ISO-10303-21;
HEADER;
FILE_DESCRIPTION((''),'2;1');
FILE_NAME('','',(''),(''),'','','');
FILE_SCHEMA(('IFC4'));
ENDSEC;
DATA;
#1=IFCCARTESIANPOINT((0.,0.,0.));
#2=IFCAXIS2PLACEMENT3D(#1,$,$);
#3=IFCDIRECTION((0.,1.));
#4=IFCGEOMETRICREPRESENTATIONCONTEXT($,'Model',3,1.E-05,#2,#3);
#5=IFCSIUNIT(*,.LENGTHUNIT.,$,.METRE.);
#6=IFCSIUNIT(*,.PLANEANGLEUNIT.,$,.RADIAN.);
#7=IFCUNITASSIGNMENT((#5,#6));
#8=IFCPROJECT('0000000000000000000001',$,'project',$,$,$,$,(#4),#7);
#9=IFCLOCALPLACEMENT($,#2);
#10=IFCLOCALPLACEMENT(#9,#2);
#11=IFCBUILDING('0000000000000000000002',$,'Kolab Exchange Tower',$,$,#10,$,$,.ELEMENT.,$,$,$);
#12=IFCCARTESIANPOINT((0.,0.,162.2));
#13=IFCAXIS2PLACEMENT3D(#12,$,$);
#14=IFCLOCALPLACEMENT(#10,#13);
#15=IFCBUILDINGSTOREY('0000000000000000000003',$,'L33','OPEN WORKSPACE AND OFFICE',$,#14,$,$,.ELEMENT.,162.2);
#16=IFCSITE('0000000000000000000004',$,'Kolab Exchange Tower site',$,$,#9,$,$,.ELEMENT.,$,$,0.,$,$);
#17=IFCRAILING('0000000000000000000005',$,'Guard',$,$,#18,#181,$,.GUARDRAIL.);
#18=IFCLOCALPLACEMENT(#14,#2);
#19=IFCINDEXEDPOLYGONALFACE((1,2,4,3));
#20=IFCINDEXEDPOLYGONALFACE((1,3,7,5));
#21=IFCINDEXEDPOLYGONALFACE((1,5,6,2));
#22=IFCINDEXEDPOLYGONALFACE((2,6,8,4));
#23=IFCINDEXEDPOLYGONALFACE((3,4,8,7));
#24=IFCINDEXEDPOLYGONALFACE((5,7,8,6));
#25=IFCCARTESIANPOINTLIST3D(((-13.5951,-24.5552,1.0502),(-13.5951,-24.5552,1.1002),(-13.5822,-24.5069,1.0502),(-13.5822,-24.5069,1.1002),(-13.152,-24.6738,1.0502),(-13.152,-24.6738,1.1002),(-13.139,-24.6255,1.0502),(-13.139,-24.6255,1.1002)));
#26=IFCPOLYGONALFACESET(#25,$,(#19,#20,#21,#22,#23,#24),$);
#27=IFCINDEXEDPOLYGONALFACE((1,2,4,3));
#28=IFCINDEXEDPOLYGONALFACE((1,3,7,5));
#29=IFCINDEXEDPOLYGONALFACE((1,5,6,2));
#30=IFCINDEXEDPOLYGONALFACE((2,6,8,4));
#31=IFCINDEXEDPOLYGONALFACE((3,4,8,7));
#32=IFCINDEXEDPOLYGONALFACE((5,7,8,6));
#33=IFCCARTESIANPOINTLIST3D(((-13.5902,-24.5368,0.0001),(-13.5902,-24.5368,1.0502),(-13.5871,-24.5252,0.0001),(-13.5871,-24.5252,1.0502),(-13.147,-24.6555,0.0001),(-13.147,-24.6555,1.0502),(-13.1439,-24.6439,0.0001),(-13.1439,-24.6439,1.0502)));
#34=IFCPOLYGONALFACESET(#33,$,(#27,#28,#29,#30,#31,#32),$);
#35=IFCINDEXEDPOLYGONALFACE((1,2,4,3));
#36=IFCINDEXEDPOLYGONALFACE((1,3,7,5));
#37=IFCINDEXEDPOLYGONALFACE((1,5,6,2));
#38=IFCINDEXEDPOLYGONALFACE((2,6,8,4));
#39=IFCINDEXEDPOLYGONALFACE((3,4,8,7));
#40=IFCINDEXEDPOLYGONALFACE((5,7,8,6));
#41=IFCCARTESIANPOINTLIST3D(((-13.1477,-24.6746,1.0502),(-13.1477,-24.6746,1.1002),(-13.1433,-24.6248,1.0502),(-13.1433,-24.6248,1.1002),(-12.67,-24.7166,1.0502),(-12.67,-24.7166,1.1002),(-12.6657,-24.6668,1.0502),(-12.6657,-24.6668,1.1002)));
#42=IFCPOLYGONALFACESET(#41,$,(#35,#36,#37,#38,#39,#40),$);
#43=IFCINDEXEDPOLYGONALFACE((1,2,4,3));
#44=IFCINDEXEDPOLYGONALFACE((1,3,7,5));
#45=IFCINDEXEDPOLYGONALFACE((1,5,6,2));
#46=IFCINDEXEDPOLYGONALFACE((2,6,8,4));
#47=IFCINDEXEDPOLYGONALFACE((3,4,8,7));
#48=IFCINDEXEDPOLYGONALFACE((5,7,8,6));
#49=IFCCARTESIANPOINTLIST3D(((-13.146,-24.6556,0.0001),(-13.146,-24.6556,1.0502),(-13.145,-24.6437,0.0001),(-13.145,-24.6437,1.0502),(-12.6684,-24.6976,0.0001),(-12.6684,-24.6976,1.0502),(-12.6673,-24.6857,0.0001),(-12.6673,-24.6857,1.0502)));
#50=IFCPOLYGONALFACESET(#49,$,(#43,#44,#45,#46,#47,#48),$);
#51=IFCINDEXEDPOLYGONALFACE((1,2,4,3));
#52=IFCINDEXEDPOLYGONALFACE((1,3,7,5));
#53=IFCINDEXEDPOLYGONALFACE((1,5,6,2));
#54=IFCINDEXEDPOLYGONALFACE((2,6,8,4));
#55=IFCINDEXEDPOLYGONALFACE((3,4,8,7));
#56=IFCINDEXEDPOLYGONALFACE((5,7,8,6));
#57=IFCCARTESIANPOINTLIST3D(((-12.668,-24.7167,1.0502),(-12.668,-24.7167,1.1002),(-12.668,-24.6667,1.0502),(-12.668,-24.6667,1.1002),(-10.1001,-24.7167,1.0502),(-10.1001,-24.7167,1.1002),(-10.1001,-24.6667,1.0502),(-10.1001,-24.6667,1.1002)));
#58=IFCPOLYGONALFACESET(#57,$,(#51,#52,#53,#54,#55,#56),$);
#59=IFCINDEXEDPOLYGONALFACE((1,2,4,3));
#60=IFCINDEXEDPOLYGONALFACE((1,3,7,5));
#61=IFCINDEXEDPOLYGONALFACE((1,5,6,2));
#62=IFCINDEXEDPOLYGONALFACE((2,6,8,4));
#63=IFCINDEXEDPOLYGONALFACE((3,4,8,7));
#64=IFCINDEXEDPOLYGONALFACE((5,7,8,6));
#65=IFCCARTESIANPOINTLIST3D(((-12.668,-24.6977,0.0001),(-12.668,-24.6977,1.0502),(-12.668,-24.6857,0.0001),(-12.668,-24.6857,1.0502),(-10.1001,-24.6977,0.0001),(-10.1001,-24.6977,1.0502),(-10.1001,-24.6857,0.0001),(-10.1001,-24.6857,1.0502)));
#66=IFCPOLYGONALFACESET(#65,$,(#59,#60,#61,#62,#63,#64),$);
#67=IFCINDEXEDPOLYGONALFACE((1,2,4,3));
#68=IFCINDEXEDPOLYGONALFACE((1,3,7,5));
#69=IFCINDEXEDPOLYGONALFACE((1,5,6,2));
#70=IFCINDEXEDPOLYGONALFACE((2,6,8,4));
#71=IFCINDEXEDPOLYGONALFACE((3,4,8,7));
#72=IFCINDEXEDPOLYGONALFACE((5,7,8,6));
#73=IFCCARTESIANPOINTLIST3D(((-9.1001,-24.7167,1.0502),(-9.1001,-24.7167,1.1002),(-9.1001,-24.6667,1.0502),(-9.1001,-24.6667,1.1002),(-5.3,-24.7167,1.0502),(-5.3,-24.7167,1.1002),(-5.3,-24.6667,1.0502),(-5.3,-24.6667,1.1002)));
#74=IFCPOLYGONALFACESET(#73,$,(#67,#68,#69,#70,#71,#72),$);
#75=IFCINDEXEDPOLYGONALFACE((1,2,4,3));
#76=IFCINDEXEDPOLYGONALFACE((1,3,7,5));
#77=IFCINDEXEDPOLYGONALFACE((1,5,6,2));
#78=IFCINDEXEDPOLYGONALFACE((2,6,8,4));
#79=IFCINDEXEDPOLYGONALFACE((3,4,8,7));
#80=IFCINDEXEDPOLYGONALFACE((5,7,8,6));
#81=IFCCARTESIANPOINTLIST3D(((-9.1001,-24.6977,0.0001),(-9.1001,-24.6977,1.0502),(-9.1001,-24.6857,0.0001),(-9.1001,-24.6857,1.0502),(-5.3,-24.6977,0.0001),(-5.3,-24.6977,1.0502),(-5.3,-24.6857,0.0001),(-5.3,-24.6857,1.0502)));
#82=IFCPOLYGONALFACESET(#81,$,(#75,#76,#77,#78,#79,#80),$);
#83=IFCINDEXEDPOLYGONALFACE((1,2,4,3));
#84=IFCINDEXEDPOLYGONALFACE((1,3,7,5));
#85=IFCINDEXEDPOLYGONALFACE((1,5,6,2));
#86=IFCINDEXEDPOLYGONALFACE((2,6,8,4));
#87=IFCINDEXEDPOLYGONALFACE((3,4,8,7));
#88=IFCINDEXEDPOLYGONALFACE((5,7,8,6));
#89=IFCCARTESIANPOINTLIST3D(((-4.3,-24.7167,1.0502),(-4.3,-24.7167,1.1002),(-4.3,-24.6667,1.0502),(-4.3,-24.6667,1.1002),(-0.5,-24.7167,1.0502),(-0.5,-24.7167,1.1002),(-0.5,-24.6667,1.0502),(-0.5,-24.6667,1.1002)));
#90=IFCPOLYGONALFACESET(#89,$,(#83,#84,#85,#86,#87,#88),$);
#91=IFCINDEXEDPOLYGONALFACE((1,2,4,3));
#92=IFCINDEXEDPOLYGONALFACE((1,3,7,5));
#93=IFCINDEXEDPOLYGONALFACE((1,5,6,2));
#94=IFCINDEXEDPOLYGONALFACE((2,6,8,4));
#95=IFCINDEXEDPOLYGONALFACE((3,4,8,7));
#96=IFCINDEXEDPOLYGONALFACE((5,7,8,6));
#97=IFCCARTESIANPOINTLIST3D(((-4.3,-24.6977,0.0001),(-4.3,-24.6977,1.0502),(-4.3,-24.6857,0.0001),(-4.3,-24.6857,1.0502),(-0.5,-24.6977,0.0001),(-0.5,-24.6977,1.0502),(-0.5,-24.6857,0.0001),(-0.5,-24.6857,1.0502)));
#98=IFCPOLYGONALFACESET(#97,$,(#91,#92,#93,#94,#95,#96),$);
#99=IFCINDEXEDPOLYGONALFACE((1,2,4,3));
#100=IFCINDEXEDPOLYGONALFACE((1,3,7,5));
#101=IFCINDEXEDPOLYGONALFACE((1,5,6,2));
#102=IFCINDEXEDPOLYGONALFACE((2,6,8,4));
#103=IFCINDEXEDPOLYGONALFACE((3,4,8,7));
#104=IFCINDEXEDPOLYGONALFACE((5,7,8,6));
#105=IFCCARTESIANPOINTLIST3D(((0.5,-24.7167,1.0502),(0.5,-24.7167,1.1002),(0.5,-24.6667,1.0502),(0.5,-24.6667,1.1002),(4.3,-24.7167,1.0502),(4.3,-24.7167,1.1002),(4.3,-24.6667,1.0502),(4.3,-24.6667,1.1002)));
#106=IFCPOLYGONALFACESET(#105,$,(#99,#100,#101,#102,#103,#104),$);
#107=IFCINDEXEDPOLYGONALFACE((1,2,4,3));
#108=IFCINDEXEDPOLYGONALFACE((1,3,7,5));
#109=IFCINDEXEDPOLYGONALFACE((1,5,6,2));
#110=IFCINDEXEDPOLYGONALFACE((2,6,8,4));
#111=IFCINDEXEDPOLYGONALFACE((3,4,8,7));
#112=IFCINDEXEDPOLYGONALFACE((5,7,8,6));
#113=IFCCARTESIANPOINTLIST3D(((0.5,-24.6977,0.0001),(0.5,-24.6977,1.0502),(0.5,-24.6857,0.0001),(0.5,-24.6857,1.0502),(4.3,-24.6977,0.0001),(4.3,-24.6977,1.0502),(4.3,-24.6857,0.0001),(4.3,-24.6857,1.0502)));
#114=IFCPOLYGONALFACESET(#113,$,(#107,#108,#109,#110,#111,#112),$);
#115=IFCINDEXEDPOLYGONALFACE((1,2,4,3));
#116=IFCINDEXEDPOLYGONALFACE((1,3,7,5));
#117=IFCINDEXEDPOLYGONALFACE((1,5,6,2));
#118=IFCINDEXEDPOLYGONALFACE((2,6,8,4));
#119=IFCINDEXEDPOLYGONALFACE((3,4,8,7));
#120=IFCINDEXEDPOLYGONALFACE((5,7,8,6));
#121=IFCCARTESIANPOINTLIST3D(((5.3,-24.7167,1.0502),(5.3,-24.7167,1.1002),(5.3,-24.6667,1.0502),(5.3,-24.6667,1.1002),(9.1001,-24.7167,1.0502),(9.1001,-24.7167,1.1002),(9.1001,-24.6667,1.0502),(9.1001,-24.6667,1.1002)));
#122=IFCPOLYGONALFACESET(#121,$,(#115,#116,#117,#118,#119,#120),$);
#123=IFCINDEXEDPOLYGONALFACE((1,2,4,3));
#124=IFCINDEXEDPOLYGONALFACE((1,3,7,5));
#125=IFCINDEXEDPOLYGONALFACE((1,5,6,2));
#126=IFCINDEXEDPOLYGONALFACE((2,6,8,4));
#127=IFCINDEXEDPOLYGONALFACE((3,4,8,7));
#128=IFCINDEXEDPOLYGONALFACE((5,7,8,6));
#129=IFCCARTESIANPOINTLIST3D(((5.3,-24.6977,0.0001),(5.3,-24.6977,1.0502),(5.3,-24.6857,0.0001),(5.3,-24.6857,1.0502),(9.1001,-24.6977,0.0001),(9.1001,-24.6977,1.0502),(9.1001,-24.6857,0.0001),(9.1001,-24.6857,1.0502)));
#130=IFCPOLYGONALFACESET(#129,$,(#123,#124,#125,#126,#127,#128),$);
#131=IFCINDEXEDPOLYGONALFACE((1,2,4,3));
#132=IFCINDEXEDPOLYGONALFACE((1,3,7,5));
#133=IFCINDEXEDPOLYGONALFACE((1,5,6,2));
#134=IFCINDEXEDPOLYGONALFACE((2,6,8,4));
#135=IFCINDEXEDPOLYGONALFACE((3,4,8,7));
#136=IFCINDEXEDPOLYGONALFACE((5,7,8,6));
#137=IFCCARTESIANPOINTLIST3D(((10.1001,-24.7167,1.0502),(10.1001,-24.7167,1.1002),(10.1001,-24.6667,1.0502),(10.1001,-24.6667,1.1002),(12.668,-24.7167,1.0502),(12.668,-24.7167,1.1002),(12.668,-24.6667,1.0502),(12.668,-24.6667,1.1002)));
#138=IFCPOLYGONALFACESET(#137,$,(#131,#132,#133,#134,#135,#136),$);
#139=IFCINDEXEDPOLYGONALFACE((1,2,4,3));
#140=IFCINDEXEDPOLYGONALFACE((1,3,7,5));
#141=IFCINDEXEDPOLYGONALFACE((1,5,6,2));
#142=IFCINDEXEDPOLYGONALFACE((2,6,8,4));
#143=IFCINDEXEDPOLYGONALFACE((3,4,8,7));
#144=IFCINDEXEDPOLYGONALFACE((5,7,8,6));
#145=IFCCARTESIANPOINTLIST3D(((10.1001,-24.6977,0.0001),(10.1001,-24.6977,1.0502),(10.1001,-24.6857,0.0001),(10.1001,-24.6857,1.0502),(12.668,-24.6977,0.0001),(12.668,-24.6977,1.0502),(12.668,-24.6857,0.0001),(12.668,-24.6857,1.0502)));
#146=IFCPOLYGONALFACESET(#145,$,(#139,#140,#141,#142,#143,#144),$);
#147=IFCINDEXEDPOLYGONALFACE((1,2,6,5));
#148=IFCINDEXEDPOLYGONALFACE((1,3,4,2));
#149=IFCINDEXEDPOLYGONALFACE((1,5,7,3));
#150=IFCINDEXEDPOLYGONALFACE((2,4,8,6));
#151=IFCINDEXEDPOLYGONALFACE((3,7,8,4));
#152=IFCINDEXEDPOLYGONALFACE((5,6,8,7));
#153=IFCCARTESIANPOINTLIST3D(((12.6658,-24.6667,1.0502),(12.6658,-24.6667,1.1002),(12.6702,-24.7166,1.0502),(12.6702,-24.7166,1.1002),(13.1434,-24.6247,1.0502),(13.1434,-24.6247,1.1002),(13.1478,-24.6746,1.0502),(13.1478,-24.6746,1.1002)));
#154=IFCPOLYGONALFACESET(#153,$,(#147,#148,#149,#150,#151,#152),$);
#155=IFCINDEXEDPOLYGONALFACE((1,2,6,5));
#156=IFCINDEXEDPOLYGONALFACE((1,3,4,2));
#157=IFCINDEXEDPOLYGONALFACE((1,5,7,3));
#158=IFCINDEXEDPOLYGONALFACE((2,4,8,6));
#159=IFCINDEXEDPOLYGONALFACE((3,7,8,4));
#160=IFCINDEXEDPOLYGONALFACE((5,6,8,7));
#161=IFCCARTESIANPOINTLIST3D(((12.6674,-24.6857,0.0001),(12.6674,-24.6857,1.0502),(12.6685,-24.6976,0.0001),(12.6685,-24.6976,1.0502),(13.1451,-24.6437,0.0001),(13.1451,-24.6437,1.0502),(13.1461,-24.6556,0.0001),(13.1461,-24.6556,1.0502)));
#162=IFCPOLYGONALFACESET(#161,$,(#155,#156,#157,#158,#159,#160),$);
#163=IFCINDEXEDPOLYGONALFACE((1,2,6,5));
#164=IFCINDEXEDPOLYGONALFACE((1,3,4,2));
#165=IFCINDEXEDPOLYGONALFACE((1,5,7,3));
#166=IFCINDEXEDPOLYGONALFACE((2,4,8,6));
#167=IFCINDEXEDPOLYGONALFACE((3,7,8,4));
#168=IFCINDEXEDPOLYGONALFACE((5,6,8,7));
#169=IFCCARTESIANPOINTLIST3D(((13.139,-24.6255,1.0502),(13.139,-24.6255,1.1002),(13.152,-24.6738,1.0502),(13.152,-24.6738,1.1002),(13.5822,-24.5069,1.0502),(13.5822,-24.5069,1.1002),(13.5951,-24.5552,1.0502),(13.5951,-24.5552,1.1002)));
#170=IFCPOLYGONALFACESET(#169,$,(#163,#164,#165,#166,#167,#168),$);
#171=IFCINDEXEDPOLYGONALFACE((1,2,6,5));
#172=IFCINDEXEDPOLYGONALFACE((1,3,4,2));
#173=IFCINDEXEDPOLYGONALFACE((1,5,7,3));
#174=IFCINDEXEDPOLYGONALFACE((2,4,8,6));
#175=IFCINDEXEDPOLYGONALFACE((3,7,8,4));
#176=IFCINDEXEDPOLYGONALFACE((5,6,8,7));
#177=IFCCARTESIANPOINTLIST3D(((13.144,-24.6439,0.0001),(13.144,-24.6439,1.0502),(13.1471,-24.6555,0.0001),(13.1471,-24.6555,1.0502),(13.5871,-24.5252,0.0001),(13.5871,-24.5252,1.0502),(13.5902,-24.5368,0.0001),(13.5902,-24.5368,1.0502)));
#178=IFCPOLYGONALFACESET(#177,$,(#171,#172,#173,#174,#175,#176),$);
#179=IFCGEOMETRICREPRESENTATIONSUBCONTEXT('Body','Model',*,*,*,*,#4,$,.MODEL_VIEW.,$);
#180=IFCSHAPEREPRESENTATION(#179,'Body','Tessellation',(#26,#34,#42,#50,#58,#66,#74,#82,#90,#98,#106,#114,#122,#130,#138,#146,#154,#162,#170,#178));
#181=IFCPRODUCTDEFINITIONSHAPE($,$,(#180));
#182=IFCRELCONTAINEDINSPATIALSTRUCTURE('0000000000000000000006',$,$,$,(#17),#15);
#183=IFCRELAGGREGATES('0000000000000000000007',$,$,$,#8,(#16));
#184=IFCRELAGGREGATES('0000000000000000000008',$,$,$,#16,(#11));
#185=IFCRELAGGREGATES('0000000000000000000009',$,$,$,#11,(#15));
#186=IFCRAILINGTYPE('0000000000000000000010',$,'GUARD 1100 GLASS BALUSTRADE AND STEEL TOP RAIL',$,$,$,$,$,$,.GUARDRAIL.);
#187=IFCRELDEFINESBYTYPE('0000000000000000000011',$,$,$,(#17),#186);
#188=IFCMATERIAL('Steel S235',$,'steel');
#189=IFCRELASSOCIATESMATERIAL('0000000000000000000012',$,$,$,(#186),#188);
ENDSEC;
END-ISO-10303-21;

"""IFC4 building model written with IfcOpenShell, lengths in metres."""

from ifc_helpers import new_model, si_unit, direction, frame, frame_2d, origin, origin_2d, place, context, subcontext, project, spatial, rectangle, extrude, material, type_object, element, save


model = new_model("IFC4")

# Units and contexts
model_context = context("Model", 3, precision=1e-05, world=origin(), true_north=direction((0.0, 1.0)))
body_context = subcontext(model_context, "Body", "Model", "MODEL_VIEW")
ifc_project = project(units=[si_unit("LENGTHUNIT", "METRE"), si_unit("PLANEANGLEUNIT", "RADIAN")], contexts=[model_context])

# Site, building, storey
site_placement = place(None, origin())
site = spatial("IfcSite", under=ifc_project, at=site_placement, Name="Kolab Exchange Tower site", CompositionType="ELEMENT", RefElevation=0.0)
building_placement = place(site_placement, origin())
building = spatial("IfcBuilding", under=site, at=building_placement, Name="Kolab Exchange Tower", CompositionType="ELEMENT")
storey_placement = place(building_placement, frame((0.0, 0.0, 162.2)))
storey = spatial("IfcBuildingStorey", under=building, at=storey_placement, Name="L33", Description="OPEN WORKSPACE AND OFFICE", CompositionType="ELEMENT", Elevation=162.2)

# Railing
ifc_material_1 = material(Name="Steel S235", Category="steel")
railing_type = type_object("IfcRailingType", Name="GUARD 1100 GLASS BALUSTRADE AND STEEL TOP RAIL", PredefinedType="GUARDRAIL", material=ifc_material_1)
railing_placement = place(storey_placement, frame((-13.5886, -24.531, 0.0)))
element("IfcRailing", 1, at=railing_placement, inside=storey, type_object=railing_type, Name="Guard", PredefinedType="GUARDRAIL", context=body_context, shape_type="SweptSolid", body=[
    extrude(rectangle(XDim=0.05, YDim=0.05, at=origin_2d()), frame((0.0, 0.0, 1.0752), z_axis=(0.965969, -0.258656, 0.0), x_axis=(0.258656, 0.965969, 0.0)), (0.0, 0.0, 1.0), 0.4587),
    extrude(rectangle(XDim=0.012, YDim=1.0501, at=frame_2d((0.0, 0.5251))), frame((0.0, 0.0, 0.0), z_axis=(0.965969, -0.258656, 0.0), x_axis=(0.258656, 0.965969, 0.0)), (0.0, 0.0, 1.0), 0.4587),
    extrude(rectangle(XDim=0.05, YDim=0.05, at=origin_2d()), frame((0.4431, -0.1187, 1.0752), z_axis=(0.996156, -0.087597, 0.0), x_axis=(0.087597, 0.996156, 0.0)), (0.0, 0.0, 1.0), 0.4795),
    extrude(rectangle(XDim=0.012, YDim=1.0501, at=frame_2d((0.0, 0.5251))), frame((0.4431, -0.1187, 0.0), z_axis=(0.996156, -0.087597, 0.0), x_axis=(0.087597, 0.996156, 0.0)), (0.0, 0.0, 1.0), 0.4795),
    extrude(rectangle(XDim=0.05, YDim=0.05, at=origin_2d()), frame((0.9207, -0.1606, 1.0752), z_axis=(1.0, 0.0, 0.0), x_axis=(0.0, 1.0, 0.0)), (0.0, 0.0, 1.0), 2.5679),
    extrude(rectangle(XDim=0.012, YDim=1.0501, at=frame_2d((0.0, 0.5251))), frame((0.9207, -0.1606, 0.0), z_axis=(1.0, 0.0, 0.0), x_axis=(0.0, 1.0, 0.0)), (0.0, 0.0, 1.0), 2.5679),
    extrude(rectangle(XDim=0.05, YDim=0.05, at=origin_2d()), frame((4.4885, -0.1606, 1.0752), z_axis=(1.0, 0.0, 0.0), x_axis=(0.0, 1.0, 0.0)), (0.0, 0.0, 1.0), 3.8),
    extrude(rectangle(XDim=0.012, YDim=1.0501, at=frame_2d((0.0, 0.5251))), frame((4.4885, -0.1606, 0.0), z_axis=(1.0, 0.0, 0.0), x_axis=(0.0, 1.0, 0.0)), (0.0, 0.0, 1.0), 3.8),
    extrude(rectangle(XDim=0.05, YDim=0.05, at=origin_2d()), frame((9.2886, -0.1606, 1.0752), z_axis=(1.0, 0.0, 0.0), x_axis=(0.0, 1.0, 0.0)), (0.0, 0.0, 1.0), 3.8),
    extrude(rectangle(XDim=0.012, YDim=1.0501, at=frame_2d((0.0, 0.5251))), frame((9.2886, -0.1606, 0.0), z_axis=(1.0, 0.0, 0.0), x_axis=(0.0, 1.0, 0.0)), (0.0, 0.0, 1.0), 3.8),
    extrude(rectangle(XDim=0.05, YDim=0.05, at=origin_2d()), frame((14.0886, -0.1606, 1.0752), z_axis=(1.0, 0.0, 0.0), x_axis=(0.0, 1.0, 0.0)), (0.0, 0.0, 1.0), 3.8),
    extrude(rectangle(XDim=0.012, YDim=1.0501, at=frame_2d((0.0, 0.5251))), frame((14.0886, -0.1606, 0.0), z_axis=(1.0, 0.0, 0.0), x_axis=(0.0, 1.0, 0.0)), (0.0, 0.0, 1.0), 3.8),
    extrude(rectangle(XDim=0.05, YDim=0.05, at=origin_2d()), frame((18.8887, -0.1606, 1.0752), z_axis=(1.0, 0.0, 0.0), x_axis=(0.0, 1.0, 0.0)), (0.0, 0.0, 1.0), 3.8),
    extrude(rectangle(XDim=0.012, YDim=1.0501, at=frame_2d((0.0, 0.5251))), frame((18.8887, -0.1606, 0.0), z_axis=(1.0, 0.0, 0.0), x_axis=(0.0, 1.0, 0.0)), (0.0, 0.0, 1.0), 3.8),
    extrude(rectangle(XDim=0.05, YDim=0.05, at=origin_2d()), frame((23.6887, -0.1606, 1.0752), z_axis=(1.0, 0.0, 0.0), x_axis=(0.0, 1.0, 0.0)), (0.0, 0.0, 1.0), 2.5679),
    extrude(rectangle(XDim=0.012, YDim=1.0501, at=frame_2d((0.0, 0.5251))), frame((23.6887, -0.1606, 0.0), z_axis=(1.0, 0.0, 0.0), x_axis=(0.0, 1.0, 0.0)), (0.0, 0.0, 1.0), 2.5679),
    extrude(rectangle(XDim=0.05, YDim=0.05, at=origin_2d()), frame((26.2566, -0.1606, 1.0752), z_axis=(0.996156, 0.087597, 0.0), x_axis=(-0.087597, 0.996156, 0.0)), (0.0, 0.0, 1.0), 0.4795),
    extrude(rectangle(XDim=0.012, YDim=1.0501, at=frame_2d((0.0, 0.5251))), frame((26.2566, -0.1606, 0.0), z_axis=(0.996156, 0.087597, 0.0), x_axis=(-0.087597, 0.996156, 0.0)), (0.0, 0.0, 1.0), 0.4795),
    extrude(rectangle(XDim=0.05, YDim=0.05, at=origin_2d()), frame((26.7341, -0.1187, 1.0752), z_axis=(0.965969, 0.258656, 0.0), x_axis=(-0.258656, 0.965969, 0.0)), (0.0, 0.0, 1.0), 0.4587),
    extrude(rectangle(XDim=0.012, YDim=1.0501, at=frame_2d((0.0, 0.5251))), frame((26.7341, -0.1187, 0.0), z_axis=(0.965969, 0.258656, 0.0), x_axis=(-0.258656, 0.965969, 0.0)), (0.0, 0.0, 1.0), 0.4587),
])

save(model, "model.ifc")
